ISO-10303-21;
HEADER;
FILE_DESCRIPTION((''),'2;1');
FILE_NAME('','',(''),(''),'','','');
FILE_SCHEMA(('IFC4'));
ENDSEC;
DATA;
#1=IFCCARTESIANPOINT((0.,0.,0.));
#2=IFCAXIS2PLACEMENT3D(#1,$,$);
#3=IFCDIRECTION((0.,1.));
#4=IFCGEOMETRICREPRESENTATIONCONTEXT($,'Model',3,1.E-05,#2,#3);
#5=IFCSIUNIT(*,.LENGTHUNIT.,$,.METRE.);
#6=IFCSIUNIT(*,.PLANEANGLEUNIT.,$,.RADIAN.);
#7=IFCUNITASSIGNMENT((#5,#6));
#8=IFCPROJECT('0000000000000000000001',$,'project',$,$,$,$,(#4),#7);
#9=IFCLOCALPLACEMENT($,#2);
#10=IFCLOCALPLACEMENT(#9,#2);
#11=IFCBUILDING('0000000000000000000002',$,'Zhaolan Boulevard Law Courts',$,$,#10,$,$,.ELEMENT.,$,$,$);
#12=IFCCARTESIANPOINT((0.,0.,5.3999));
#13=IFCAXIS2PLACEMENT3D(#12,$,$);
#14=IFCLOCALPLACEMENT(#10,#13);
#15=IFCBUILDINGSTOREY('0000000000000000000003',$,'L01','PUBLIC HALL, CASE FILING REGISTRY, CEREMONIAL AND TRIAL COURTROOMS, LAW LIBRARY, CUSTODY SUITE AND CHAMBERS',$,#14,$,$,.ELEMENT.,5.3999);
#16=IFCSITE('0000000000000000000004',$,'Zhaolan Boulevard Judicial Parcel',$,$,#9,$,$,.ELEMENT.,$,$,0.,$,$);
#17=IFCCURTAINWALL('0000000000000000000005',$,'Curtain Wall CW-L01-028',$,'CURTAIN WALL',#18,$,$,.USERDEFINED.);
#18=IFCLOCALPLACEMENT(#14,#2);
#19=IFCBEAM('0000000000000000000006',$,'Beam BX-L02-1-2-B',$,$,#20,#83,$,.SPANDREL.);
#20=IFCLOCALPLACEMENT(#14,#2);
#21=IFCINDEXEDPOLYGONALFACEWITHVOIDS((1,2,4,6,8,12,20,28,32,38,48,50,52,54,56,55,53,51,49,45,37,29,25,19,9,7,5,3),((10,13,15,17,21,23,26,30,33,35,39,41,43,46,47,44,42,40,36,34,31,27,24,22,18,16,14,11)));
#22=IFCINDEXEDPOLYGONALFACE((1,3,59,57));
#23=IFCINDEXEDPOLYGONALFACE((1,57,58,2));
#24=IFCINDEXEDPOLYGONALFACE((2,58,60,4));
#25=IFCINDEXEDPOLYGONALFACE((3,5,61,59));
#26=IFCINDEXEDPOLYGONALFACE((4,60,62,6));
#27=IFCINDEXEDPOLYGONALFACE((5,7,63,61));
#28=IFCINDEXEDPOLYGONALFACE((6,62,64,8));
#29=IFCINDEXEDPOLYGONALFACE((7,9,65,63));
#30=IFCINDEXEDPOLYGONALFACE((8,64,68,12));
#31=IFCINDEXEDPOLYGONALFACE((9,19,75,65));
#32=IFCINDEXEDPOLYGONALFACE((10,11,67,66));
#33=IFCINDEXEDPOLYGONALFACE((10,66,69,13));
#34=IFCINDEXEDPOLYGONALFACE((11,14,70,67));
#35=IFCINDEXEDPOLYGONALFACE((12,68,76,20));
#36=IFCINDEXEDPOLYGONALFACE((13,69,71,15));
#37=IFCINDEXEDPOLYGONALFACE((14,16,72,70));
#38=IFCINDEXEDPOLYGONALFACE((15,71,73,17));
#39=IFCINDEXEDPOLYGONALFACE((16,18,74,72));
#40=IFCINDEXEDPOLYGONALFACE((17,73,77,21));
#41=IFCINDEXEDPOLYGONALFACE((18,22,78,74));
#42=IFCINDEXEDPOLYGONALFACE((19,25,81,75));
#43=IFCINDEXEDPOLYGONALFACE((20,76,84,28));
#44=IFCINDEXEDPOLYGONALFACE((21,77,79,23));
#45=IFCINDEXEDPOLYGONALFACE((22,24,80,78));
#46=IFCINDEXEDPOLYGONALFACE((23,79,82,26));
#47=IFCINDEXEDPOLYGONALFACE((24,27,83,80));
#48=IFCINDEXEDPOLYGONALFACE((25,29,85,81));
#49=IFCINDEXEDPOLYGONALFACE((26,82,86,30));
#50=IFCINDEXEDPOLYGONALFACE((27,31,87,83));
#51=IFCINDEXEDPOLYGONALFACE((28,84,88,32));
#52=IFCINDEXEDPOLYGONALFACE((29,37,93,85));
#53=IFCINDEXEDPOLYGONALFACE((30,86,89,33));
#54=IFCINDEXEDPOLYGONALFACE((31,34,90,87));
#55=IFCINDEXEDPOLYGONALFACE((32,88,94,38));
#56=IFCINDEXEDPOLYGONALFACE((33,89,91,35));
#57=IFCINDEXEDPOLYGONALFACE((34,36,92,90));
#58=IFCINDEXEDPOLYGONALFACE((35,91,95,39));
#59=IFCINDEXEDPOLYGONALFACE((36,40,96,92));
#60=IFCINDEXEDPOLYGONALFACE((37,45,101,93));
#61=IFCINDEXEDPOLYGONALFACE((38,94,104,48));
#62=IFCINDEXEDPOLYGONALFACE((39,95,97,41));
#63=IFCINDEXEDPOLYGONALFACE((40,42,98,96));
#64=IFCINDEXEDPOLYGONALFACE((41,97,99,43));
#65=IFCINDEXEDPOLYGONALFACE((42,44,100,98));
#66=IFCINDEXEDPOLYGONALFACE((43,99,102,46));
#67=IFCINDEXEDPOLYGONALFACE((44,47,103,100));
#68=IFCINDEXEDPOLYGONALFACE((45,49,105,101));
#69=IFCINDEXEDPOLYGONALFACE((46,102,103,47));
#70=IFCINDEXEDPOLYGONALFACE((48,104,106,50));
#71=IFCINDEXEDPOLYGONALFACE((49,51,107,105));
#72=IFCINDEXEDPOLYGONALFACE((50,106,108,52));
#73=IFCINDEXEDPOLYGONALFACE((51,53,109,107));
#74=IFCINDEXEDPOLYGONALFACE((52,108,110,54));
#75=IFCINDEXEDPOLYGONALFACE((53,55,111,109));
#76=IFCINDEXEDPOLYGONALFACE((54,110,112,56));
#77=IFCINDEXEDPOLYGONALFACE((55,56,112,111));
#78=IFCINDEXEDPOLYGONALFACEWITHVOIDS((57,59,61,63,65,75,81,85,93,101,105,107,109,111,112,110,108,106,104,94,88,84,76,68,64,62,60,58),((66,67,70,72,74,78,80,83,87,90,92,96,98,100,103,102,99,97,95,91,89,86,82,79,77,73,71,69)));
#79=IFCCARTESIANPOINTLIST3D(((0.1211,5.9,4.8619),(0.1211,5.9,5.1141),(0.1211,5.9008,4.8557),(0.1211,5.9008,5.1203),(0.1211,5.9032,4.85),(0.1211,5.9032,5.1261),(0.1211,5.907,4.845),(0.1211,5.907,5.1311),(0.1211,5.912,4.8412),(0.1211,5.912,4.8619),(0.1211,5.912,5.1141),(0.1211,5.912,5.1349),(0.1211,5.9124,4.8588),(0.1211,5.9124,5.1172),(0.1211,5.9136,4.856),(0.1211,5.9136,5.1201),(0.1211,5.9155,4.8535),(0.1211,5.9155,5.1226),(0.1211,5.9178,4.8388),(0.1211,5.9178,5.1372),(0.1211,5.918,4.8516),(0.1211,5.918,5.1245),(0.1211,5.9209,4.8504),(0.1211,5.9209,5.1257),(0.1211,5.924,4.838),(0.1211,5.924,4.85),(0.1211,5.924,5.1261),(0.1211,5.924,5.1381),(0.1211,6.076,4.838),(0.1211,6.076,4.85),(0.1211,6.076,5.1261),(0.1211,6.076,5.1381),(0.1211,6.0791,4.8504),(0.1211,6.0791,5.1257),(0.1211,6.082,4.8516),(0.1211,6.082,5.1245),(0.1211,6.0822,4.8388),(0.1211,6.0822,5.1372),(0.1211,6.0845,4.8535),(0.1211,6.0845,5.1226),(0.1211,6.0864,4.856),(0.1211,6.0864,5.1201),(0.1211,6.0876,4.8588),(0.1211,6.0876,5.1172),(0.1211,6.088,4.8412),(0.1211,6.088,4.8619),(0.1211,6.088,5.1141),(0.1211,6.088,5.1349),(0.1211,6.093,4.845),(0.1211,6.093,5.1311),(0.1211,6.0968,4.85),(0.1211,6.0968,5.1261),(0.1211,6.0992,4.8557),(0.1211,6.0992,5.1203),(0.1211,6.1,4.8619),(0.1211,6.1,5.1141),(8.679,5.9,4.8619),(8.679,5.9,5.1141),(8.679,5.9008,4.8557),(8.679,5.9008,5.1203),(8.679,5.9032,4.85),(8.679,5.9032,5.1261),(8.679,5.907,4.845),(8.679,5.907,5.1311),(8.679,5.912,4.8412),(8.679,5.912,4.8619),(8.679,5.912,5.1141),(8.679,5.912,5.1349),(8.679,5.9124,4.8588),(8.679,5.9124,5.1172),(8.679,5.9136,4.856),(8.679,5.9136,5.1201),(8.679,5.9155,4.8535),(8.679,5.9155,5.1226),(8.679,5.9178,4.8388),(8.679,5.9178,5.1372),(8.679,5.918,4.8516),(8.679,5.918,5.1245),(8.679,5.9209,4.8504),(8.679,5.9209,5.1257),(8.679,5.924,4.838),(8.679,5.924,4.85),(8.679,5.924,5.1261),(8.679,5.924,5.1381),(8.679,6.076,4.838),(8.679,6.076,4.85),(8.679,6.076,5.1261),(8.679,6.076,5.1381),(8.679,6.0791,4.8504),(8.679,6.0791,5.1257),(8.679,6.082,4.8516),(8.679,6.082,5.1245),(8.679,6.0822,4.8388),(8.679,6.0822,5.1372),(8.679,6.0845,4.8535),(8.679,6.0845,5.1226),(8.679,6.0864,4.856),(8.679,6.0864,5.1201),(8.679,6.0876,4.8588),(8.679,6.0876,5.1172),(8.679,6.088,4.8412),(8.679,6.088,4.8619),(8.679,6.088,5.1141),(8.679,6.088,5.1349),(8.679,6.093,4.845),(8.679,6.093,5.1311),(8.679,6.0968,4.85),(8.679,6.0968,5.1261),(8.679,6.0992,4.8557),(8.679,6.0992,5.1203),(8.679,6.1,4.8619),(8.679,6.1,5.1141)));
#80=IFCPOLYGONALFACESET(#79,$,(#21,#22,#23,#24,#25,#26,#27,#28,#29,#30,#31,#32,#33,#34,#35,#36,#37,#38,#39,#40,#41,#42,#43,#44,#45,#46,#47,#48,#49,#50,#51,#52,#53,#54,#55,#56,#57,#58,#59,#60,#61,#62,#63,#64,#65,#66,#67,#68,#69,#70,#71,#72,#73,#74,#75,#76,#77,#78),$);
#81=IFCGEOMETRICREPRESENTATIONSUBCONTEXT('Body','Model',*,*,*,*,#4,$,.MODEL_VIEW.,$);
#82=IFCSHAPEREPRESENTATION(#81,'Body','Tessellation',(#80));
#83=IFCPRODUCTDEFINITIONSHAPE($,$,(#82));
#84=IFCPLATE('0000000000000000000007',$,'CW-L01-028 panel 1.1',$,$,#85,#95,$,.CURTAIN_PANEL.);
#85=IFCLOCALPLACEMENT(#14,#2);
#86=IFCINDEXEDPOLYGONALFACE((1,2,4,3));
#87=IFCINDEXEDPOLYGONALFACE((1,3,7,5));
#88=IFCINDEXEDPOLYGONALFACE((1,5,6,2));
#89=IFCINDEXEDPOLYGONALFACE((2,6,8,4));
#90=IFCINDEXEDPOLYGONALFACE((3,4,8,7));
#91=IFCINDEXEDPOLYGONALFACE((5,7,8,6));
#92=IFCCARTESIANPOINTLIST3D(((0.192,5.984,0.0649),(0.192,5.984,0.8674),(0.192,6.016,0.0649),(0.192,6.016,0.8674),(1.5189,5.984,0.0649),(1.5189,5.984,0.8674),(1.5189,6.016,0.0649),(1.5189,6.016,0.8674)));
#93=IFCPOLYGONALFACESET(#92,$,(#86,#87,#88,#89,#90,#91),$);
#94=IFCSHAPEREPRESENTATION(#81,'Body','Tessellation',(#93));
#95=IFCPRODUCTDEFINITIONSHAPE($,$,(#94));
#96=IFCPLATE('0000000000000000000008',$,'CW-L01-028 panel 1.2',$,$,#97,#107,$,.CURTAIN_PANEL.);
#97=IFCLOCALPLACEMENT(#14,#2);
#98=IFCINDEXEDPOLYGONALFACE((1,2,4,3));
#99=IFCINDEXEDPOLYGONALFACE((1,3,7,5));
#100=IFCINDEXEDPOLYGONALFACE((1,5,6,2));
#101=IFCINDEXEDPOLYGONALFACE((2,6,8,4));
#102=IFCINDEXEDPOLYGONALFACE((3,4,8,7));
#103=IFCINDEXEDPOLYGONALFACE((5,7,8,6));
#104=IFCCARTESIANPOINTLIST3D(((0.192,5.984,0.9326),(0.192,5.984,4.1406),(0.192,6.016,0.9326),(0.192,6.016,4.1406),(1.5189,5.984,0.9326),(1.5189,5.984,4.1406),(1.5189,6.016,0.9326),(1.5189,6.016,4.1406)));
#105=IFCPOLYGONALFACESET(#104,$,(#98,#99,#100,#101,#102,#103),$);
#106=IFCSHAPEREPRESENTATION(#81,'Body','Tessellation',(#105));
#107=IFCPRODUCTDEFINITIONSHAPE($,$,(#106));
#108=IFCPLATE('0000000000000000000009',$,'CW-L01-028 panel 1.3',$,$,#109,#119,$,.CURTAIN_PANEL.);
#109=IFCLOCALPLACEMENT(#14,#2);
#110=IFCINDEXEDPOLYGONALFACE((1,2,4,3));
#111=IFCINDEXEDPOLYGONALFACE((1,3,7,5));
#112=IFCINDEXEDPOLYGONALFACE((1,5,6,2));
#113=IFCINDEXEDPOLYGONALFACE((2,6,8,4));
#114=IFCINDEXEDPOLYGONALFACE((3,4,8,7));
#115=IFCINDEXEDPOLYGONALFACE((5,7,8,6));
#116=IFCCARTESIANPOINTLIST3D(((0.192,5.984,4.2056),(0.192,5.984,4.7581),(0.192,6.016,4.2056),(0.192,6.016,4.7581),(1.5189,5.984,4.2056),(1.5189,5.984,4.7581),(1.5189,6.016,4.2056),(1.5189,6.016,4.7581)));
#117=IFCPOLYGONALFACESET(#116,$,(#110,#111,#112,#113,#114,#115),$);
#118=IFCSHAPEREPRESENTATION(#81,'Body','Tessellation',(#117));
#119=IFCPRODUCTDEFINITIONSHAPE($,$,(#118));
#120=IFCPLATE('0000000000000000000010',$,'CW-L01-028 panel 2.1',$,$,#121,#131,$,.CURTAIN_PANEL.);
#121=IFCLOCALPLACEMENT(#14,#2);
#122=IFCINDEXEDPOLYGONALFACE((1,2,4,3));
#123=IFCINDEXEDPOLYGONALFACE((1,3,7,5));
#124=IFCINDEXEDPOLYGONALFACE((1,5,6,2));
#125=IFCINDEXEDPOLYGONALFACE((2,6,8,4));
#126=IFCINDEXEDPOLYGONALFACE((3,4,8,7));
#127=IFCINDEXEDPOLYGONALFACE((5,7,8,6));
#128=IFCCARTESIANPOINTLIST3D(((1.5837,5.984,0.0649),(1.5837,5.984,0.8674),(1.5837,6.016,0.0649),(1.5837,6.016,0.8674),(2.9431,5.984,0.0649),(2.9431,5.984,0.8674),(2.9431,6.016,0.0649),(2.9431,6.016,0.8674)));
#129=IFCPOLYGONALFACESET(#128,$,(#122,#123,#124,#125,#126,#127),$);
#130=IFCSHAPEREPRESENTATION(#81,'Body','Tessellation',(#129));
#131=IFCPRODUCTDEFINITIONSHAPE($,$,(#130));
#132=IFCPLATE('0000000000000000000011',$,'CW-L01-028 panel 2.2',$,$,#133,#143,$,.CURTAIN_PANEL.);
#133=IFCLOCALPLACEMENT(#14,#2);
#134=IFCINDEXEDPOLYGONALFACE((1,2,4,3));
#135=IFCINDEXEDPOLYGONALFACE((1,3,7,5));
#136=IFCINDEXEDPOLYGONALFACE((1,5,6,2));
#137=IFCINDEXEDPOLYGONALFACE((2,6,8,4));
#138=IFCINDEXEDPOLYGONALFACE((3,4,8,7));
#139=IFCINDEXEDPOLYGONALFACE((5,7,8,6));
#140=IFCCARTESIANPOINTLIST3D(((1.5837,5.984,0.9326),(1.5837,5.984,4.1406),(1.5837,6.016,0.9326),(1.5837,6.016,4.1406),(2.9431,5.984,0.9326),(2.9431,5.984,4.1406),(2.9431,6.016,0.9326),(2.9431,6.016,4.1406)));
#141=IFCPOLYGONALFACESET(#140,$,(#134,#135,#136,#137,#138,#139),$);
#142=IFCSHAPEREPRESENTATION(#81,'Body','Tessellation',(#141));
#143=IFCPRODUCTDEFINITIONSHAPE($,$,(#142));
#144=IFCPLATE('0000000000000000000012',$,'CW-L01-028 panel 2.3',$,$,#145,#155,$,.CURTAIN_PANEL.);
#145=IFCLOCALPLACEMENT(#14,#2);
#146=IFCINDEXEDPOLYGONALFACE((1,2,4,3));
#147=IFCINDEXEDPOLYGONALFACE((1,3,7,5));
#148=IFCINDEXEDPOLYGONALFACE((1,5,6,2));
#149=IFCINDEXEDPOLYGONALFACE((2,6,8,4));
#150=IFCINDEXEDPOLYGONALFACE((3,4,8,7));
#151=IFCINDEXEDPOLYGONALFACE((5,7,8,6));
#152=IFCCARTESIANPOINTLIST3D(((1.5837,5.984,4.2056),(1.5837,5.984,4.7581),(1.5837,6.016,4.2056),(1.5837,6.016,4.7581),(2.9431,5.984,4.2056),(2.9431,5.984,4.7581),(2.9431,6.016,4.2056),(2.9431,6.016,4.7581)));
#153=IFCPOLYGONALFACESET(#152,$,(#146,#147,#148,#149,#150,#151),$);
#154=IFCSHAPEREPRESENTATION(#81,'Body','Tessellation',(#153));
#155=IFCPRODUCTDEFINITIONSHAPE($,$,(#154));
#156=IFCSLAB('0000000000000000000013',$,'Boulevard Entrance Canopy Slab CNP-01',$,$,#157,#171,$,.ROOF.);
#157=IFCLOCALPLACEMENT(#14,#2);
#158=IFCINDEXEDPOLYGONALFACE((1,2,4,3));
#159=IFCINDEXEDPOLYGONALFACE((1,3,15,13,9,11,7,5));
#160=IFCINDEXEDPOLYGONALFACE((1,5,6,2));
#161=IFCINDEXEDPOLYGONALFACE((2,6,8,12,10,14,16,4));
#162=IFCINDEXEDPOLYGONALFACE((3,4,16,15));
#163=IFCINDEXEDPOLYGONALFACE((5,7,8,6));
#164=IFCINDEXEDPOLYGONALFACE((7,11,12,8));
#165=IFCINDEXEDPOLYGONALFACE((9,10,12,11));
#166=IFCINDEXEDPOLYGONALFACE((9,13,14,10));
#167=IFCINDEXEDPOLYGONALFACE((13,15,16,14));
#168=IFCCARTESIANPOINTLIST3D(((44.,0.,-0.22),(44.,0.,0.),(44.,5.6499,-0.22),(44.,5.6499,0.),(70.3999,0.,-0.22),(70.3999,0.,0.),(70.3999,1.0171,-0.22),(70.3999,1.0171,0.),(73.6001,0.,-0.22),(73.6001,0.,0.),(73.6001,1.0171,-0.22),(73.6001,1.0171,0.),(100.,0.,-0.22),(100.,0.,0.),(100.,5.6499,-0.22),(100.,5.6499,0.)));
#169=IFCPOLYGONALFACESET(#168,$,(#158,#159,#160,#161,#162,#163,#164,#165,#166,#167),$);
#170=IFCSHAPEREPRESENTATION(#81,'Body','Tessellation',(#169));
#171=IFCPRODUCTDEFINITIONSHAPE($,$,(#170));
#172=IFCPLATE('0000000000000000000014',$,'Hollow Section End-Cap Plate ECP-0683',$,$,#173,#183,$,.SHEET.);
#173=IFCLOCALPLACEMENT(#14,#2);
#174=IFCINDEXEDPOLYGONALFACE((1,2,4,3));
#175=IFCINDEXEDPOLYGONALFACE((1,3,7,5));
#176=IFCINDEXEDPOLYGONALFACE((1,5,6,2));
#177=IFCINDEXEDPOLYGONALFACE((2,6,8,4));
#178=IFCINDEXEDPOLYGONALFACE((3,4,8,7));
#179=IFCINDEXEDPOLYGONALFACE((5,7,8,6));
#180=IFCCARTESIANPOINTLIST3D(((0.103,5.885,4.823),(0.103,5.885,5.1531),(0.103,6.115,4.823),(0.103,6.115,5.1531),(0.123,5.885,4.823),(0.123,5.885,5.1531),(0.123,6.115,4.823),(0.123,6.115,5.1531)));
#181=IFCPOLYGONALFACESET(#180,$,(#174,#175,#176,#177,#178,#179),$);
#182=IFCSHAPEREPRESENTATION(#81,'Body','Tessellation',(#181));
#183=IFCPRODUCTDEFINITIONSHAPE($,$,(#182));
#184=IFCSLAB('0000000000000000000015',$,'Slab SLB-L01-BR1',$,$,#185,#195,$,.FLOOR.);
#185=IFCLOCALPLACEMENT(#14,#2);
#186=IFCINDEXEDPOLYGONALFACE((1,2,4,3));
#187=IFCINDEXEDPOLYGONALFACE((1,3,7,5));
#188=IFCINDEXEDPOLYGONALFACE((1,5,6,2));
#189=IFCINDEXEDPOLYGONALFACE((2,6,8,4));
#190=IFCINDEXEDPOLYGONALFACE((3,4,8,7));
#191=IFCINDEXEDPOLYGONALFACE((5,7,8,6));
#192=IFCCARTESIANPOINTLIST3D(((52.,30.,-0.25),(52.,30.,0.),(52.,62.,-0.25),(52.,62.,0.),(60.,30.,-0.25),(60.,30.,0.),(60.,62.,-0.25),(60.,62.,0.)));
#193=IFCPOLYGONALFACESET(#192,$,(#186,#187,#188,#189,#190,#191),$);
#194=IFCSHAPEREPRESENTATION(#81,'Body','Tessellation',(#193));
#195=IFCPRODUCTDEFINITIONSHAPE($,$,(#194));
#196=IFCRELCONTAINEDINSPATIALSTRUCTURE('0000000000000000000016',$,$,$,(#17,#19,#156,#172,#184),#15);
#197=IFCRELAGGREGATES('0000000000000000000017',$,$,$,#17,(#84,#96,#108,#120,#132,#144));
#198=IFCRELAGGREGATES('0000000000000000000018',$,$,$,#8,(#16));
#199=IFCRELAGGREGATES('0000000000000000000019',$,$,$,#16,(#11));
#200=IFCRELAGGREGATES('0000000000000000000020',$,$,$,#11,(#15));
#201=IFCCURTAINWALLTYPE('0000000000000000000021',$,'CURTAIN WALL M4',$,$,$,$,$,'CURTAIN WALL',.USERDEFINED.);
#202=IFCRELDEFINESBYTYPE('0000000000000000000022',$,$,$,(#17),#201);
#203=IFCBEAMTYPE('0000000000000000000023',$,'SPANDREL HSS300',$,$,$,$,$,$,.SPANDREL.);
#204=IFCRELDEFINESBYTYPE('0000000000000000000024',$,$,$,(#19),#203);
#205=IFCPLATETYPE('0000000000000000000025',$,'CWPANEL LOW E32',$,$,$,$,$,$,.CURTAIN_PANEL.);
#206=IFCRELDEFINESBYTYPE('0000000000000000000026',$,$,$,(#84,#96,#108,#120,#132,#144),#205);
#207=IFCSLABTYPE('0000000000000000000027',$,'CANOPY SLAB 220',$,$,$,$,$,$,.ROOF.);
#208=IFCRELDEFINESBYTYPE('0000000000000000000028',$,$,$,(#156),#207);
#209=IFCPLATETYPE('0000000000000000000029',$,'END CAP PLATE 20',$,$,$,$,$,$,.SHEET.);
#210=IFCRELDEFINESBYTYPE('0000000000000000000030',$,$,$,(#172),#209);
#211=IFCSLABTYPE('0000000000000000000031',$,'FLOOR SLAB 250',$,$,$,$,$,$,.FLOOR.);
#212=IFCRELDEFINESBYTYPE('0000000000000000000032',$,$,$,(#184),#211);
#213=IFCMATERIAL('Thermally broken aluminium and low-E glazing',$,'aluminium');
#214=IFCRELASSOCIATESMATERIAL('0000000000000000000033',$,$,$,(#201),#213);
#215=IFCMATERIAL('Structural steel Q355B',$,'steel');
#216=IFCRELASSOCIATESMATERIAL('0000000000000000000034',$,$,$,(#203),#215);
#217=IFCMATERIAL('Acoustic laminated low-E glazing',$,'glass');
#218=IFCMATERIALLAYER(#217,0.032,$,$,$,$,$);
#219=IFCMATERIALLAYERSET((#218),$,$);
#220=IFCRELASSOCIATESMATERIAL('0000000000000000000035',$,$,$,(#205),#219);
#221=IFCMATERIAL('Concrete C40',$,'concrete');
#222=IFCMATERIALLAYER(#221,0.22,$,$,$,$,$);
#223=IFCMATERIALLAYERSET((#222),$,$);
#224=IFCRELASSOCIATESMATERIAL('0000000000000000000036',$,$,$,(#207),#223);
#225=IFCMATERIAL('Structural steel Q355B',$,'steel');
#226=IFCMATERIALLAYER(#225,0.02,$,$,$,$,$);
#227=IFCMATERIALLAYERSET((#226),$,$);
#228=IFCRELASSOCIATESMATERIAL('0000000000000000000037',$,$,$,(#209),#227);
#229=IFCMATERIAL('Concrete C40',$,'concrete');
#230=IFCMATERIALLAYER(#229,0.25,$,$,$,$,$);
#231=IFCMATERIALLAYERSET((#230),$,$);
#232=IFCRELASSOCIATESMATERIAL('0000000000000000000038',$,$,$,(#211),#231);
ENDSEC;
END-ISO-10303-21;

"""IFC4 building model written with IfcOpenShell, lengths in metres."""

from ifc_helpers import new_model, si_unit, direction, frame, origin, origin_2d, place, context, subcontext, project, spatial, polyline, rectangle, hollow_rectangle, outline, extrude, material, layer, layer_set, material_profile, profile_set, type_object, element, aggregate, save


model = new_model("IFC4")

# Units and contexts
model_context = context("Model", 3, precision=1e-05, world=origin(), true_north=direction((0.0, 1.0)))
body_context = subcontext(model_context, "Body", "Model", "MODEL_VIEW")
ifc_project = project(units=[si_unit("LENGTHUNIT", "METRE"), si_unit("PLANEANGLEUNIT", "RADIAN")], contexts=[model_context])

# Site, building, storey
site_placement = place(None, origin())
site = spatial("IfcSite", under=ifc_project, at=site_placement, Name="Zhaolan Boulevard Judicial Parcel", CompositionType="ELEMENT", RefElevation=0.0)
building_placement = place(site_placement, origin())
building = spatial("IfcBuilding", under=site, at=building_placement, Name="Zhaolan Boulevard Law Courts", CompositionType="ELEMENT")
storey_placement = place(building_placement, frame((0.0, 0.0, 5.3999)))
storey = spatial("IfcBuildingStorey", under=building, at=storey_placement, Name="L01", Description="PUBLIC HALL, CASE FILING REGISTRY, CEREMONIAL AND TRIAL COURTROOMS, LAW LIBRARY, CUSTODY SUITE AND CHAMBERS", CompositionType="ELEMENT", Elevation=5.3999)

# Curtain wall
ifc_material_1 = material(Name="Thermally broken aluminium and low-E glazing", Category="aluminium")
curtain_wall_type = type_object("IfcCurtainWallType", Name="CURTAIN WALL M4", ElementType="CURTAIN WALL", PredefinedType="USERDEFINED", material=ifc_material_1)
curtain_wall_placement = place(storey_placement, origin())
curtain_wall = element("IfcCurtainWall", 1, at=curtain_wall_placement, inside=storey, type_object=curtain_wall_type, Name="Curtain Wall CW-L01-028", ObjectType="CURTAIN WALL", PredefinedType="USERDEFINED")

# Beam
ifc_material_2 = material(Name="Structural steel Q355B", Category="steel")
ifc_material_profile_1 = material_profile(ifc_material_2, hollow_rectangle(XDim=0.2, YDim=0.3, WallThickness=0.012, InnerFilletRadius=0.012, OuterFilletRadius=0.0239, at=origin_2d()), Name="HSS300x200x12")
ifc_profile_set_1 = profile_set([ifc_material_profile_1], Name="Structural steel Q355B")
beam_type = type_object("IfcBeamType", Name="SPANDREL HSS300", PredefinedType="SPANDREL", material=ifc_profile_set_1)
beam_placement = place(storey_placement, frame((0.1211, 6.0, 4.988), z_axis=(1.0, 0.0, 0.0), x_axis=(0.0, 1.0, 0.0)))
element("IfcBeam", 2, at=beam_placement, inside=storey, type_object=beam_type, Name="Beam BX-L02-1-2-B", PredefinedType="SPANDREL", context=body_context, shape_type="SweptSolid", body=[
    extrude(hollow_rectangle(XDim=0.2, YDim=0.3, WallThickness=0.012, InnerFilletRadius=0.012, OuterFilletRadius=0.0239, at=origin_2d()), origin(), (0.0, 0.0, 1.0), 8.5579),
])

# Plates
ifc_material_3 = material(Name="Acoustic laminated low-E glazing", Category="glass")
ifc_layer_1 = layer(ifc_material_3, 0.032)
ifc_layer_set_1 = layer_set([ifc_layer_1])
plate_type_1 = type_object("IfcPlateType", Name="CWPANEL LOW E32", PredefinedType="CURTAIN_PANEL", material=ifc_layer_set_1)
plate_1_placement = place(storey_placement, frame((0.8555, 6.0, 0.0649), z_axis=(0.0, 0.0, 1.0), x_axis=(1.0, 0.0, 0.0)))
plate_1 = element("IfcPlate", 3, at=plate_1_placement, type_object=plate_type_1, Name="CW-L01-028 panel 1.1", PredefinedType="CURTAIN_PANEL", context=body_context, shape_type="SweptSolid", body=[
    extrude(rectangle(XDim=1.3269, YDim=0.032, at=origin_2d()), origin(), (0.0, 0.0, 1.0), 0.8025),
])
plate_2_placement = place(storey_placement, frame((0.8555, 6.0, 0.9326), z_axis=(0.0, 0.0, 1.0), x_axis=(1.0, 0.0, 0.0)))
plate_2 = element("IfcPlate", 4, at=plate_2_placement, type_object=plate_type_1, Name="CW-L01-028 panel 1.2", PredefinedType="CURTAIN_PANEL", context=body_context, shape_type="SweptSolid", body=[
    extrude(rectangle(XDim=1.3269, YDim=0.032, at=origin_2d()), origin(), (0.0, 0.0, 1.0), 3.208),
])
plate_3_placement = place(storey_placement, frame((0.8555, 6.0, 4.2056), z_axis=(0.0, 0.0, 1.0), x_axis=(1.0, 0.0, 0.0)))
plate_3 = element("IfcPlate", 5, at=plate_3_placement, type_object=plate_type_1, Name="CW-L01-028 panel 1.3", PredefinedType="CURTAIN_PANEL", context=body_context, shape_type="SweptSolid", body=[
    extrude(rectangle(XDim=1.3269, YDim=0.032, at=origin_2d()), origin(), (0.0, 0.0, 1.0), 0.5525),
])
plate_4_placement = place(storey_placement, frame((2.2634, 6.0, 0.0649), z_axis=(0.0, 0.0, 1.0), x_axis=(1.0, 0.0, 0.0)))
plate_4 = element("IfcPlate", 6, at=plate_4_placement, type_object=plate_type_1, Name="CW-L01-028 panel 2.1", PredefinedType="CURTAIN_PANEL", context=body_context, shape_type="SweptSolid", body=[
    extrude(rectangle(XDim=1.3594, YDim=0.032, at=origin_2d()), origin(), (0.0, 0.0, 1.0), 0.8025),
])
plate_5_placement = place(storey_placement, frame((2.2634, 6.0, 0.9326), z_axis=(0.0, 0.0, 1.0), x_axis=(1.0, 0.0, 0.0)))
plate_5 = element("IfcPlate", 7, at=plate_5_placement, type_object=plate_type_1, Name="CW-L01-028 panel 2.2", PredefinedType="CURTAIN_PANEL", context=body_context, shape_type="SweptSolid", body=[
    extrude(rectangle(XDim=1.3594, YDim=0.032, at=origin_2d()), origin(), (0.0, 0.0, 1.0), 3.208),
])
plate_6_placement = place(storey_placement, frame((2.2634, 6.0, 4.2056), z_axis=(0.0, 0.0, 1.0), x_axis=(1.0, 0.0, 0.0)))
plate_6 = element("IfcPlate", 8, at=plate_6_placement, type_object=plate_type_1, Name="CW-L01-028 panel 2.3", PredefinedType="CURTAIN_PANEL", context=body_context, shape_type="SweptSolid", body=[
    extrude(rectangle(XDim=1.3594, YDim=0.032, at=origin_2d()), origin(), (0.0, 0.0, 1.0), 0.5525),
])
aggregate(curtain_wall, [plate_1, plate_2, plate_3, plate_4, plate_5, plate_6])

# Slab
ifc_material_4 = material(Name="Concrete C40", Category="concrete")
ifc_layer_2 = layer(ifc_material_4, 0.22)
ifc_layer_set_2 = layer_set([ifc_layer_2])
slab_type_1 = type_object("IfcSlabType", Name="CANOPY SLAB 220", PredefinedType="ROOF", material=ifc_layer_set_2)
slab_1_placement = place(storey_placement, frame((0.0, 0.0, -0.22)))
element("IfcSlab", 9, at=slab_1_placement, inside=storey, type_object=slab_type_1, Name="Boulevard Entrance Canopy Slab CNP-01", PredefinedType="ROOF", context=body_context, shape_type="SweptSolid", body=[
    extrude(outline(polyline([(44.0, 0.0), (70.3999, 0.0), (70.3999, 1.0171), (73.6001, 1.0171), (73.6001, 0.0), (100.0, 0.0), (100.0, 5.6499), (44.0, 5.6499), (44.0, 0.0)])), origin(), (0.0, 0.0, 1.0), 0.22),
])

# Plate
ifc_material_5 = material(Name="Structural steel Q355B", Category="steel")
ifc_layer_3 = layer(ifc_material_5, 0.02)
ifc_layer_set_3 = layer_set([ifc_layer_3])
plate_type_2 = type_object("IfcPlateType", Name="END CAP PLATE 20", PredefinedType="SHEET", material=ifc_layer_set_3)
plate_7_placement = place(storey_placement, frame((0.113, 6.0, 4.823), z_axis=(0.0, 0.0, 1.0), x_axis=(1.0, 0.0, 0.0)))
element("IfcPlate", 10, at=plate_7_placement, inside=storey, type_object=plate_type_2, Name="Hollow Section End-Cap Plate ECP-0683", PredefinedType="SHEET", context=body_context, shape_type="SweptSolid", body=[
    extrude(rectangle(XDim=0.02, YDim=0.23, at=origin_2d()), origin(), (0.0, 0.0, 1.0), 0.3301),
])

# Slab
ifc_material_6 = material(Name="Concrete C40", Category="concrete")
ifc_layer_4 = layer(ifc_material_6, 0.25)
ifc_layer_set_4 = layer_set([ifc_layer_4])
slab_type_2 = type_object("IfcSlabType", Name="FLOOR SLAB 250", PredefinedType="FLOOR", material=ifc_layer_set_4)
slab_2_placement = place(storey_placement, frame((0.0, 0.0, -0.25)))
element("IfcSlab", 11, at=slab_2_placement, inside=storey, type_object=slab_type_2, Name="Slab SLB-L01-BR1", PredefinedType="FLOOR", context=body_context, shape_type="SweptSolid", body=[
    extrude(outline(polyline([(52.0, 30.0), (60.0, 30.0), (60.0, 62.0), (52.0, 62.0), (52.0, 30.0)])), origin(), (0.0, 0.0, 1.0), 0.25),
])

save(model, "model.ifc")
